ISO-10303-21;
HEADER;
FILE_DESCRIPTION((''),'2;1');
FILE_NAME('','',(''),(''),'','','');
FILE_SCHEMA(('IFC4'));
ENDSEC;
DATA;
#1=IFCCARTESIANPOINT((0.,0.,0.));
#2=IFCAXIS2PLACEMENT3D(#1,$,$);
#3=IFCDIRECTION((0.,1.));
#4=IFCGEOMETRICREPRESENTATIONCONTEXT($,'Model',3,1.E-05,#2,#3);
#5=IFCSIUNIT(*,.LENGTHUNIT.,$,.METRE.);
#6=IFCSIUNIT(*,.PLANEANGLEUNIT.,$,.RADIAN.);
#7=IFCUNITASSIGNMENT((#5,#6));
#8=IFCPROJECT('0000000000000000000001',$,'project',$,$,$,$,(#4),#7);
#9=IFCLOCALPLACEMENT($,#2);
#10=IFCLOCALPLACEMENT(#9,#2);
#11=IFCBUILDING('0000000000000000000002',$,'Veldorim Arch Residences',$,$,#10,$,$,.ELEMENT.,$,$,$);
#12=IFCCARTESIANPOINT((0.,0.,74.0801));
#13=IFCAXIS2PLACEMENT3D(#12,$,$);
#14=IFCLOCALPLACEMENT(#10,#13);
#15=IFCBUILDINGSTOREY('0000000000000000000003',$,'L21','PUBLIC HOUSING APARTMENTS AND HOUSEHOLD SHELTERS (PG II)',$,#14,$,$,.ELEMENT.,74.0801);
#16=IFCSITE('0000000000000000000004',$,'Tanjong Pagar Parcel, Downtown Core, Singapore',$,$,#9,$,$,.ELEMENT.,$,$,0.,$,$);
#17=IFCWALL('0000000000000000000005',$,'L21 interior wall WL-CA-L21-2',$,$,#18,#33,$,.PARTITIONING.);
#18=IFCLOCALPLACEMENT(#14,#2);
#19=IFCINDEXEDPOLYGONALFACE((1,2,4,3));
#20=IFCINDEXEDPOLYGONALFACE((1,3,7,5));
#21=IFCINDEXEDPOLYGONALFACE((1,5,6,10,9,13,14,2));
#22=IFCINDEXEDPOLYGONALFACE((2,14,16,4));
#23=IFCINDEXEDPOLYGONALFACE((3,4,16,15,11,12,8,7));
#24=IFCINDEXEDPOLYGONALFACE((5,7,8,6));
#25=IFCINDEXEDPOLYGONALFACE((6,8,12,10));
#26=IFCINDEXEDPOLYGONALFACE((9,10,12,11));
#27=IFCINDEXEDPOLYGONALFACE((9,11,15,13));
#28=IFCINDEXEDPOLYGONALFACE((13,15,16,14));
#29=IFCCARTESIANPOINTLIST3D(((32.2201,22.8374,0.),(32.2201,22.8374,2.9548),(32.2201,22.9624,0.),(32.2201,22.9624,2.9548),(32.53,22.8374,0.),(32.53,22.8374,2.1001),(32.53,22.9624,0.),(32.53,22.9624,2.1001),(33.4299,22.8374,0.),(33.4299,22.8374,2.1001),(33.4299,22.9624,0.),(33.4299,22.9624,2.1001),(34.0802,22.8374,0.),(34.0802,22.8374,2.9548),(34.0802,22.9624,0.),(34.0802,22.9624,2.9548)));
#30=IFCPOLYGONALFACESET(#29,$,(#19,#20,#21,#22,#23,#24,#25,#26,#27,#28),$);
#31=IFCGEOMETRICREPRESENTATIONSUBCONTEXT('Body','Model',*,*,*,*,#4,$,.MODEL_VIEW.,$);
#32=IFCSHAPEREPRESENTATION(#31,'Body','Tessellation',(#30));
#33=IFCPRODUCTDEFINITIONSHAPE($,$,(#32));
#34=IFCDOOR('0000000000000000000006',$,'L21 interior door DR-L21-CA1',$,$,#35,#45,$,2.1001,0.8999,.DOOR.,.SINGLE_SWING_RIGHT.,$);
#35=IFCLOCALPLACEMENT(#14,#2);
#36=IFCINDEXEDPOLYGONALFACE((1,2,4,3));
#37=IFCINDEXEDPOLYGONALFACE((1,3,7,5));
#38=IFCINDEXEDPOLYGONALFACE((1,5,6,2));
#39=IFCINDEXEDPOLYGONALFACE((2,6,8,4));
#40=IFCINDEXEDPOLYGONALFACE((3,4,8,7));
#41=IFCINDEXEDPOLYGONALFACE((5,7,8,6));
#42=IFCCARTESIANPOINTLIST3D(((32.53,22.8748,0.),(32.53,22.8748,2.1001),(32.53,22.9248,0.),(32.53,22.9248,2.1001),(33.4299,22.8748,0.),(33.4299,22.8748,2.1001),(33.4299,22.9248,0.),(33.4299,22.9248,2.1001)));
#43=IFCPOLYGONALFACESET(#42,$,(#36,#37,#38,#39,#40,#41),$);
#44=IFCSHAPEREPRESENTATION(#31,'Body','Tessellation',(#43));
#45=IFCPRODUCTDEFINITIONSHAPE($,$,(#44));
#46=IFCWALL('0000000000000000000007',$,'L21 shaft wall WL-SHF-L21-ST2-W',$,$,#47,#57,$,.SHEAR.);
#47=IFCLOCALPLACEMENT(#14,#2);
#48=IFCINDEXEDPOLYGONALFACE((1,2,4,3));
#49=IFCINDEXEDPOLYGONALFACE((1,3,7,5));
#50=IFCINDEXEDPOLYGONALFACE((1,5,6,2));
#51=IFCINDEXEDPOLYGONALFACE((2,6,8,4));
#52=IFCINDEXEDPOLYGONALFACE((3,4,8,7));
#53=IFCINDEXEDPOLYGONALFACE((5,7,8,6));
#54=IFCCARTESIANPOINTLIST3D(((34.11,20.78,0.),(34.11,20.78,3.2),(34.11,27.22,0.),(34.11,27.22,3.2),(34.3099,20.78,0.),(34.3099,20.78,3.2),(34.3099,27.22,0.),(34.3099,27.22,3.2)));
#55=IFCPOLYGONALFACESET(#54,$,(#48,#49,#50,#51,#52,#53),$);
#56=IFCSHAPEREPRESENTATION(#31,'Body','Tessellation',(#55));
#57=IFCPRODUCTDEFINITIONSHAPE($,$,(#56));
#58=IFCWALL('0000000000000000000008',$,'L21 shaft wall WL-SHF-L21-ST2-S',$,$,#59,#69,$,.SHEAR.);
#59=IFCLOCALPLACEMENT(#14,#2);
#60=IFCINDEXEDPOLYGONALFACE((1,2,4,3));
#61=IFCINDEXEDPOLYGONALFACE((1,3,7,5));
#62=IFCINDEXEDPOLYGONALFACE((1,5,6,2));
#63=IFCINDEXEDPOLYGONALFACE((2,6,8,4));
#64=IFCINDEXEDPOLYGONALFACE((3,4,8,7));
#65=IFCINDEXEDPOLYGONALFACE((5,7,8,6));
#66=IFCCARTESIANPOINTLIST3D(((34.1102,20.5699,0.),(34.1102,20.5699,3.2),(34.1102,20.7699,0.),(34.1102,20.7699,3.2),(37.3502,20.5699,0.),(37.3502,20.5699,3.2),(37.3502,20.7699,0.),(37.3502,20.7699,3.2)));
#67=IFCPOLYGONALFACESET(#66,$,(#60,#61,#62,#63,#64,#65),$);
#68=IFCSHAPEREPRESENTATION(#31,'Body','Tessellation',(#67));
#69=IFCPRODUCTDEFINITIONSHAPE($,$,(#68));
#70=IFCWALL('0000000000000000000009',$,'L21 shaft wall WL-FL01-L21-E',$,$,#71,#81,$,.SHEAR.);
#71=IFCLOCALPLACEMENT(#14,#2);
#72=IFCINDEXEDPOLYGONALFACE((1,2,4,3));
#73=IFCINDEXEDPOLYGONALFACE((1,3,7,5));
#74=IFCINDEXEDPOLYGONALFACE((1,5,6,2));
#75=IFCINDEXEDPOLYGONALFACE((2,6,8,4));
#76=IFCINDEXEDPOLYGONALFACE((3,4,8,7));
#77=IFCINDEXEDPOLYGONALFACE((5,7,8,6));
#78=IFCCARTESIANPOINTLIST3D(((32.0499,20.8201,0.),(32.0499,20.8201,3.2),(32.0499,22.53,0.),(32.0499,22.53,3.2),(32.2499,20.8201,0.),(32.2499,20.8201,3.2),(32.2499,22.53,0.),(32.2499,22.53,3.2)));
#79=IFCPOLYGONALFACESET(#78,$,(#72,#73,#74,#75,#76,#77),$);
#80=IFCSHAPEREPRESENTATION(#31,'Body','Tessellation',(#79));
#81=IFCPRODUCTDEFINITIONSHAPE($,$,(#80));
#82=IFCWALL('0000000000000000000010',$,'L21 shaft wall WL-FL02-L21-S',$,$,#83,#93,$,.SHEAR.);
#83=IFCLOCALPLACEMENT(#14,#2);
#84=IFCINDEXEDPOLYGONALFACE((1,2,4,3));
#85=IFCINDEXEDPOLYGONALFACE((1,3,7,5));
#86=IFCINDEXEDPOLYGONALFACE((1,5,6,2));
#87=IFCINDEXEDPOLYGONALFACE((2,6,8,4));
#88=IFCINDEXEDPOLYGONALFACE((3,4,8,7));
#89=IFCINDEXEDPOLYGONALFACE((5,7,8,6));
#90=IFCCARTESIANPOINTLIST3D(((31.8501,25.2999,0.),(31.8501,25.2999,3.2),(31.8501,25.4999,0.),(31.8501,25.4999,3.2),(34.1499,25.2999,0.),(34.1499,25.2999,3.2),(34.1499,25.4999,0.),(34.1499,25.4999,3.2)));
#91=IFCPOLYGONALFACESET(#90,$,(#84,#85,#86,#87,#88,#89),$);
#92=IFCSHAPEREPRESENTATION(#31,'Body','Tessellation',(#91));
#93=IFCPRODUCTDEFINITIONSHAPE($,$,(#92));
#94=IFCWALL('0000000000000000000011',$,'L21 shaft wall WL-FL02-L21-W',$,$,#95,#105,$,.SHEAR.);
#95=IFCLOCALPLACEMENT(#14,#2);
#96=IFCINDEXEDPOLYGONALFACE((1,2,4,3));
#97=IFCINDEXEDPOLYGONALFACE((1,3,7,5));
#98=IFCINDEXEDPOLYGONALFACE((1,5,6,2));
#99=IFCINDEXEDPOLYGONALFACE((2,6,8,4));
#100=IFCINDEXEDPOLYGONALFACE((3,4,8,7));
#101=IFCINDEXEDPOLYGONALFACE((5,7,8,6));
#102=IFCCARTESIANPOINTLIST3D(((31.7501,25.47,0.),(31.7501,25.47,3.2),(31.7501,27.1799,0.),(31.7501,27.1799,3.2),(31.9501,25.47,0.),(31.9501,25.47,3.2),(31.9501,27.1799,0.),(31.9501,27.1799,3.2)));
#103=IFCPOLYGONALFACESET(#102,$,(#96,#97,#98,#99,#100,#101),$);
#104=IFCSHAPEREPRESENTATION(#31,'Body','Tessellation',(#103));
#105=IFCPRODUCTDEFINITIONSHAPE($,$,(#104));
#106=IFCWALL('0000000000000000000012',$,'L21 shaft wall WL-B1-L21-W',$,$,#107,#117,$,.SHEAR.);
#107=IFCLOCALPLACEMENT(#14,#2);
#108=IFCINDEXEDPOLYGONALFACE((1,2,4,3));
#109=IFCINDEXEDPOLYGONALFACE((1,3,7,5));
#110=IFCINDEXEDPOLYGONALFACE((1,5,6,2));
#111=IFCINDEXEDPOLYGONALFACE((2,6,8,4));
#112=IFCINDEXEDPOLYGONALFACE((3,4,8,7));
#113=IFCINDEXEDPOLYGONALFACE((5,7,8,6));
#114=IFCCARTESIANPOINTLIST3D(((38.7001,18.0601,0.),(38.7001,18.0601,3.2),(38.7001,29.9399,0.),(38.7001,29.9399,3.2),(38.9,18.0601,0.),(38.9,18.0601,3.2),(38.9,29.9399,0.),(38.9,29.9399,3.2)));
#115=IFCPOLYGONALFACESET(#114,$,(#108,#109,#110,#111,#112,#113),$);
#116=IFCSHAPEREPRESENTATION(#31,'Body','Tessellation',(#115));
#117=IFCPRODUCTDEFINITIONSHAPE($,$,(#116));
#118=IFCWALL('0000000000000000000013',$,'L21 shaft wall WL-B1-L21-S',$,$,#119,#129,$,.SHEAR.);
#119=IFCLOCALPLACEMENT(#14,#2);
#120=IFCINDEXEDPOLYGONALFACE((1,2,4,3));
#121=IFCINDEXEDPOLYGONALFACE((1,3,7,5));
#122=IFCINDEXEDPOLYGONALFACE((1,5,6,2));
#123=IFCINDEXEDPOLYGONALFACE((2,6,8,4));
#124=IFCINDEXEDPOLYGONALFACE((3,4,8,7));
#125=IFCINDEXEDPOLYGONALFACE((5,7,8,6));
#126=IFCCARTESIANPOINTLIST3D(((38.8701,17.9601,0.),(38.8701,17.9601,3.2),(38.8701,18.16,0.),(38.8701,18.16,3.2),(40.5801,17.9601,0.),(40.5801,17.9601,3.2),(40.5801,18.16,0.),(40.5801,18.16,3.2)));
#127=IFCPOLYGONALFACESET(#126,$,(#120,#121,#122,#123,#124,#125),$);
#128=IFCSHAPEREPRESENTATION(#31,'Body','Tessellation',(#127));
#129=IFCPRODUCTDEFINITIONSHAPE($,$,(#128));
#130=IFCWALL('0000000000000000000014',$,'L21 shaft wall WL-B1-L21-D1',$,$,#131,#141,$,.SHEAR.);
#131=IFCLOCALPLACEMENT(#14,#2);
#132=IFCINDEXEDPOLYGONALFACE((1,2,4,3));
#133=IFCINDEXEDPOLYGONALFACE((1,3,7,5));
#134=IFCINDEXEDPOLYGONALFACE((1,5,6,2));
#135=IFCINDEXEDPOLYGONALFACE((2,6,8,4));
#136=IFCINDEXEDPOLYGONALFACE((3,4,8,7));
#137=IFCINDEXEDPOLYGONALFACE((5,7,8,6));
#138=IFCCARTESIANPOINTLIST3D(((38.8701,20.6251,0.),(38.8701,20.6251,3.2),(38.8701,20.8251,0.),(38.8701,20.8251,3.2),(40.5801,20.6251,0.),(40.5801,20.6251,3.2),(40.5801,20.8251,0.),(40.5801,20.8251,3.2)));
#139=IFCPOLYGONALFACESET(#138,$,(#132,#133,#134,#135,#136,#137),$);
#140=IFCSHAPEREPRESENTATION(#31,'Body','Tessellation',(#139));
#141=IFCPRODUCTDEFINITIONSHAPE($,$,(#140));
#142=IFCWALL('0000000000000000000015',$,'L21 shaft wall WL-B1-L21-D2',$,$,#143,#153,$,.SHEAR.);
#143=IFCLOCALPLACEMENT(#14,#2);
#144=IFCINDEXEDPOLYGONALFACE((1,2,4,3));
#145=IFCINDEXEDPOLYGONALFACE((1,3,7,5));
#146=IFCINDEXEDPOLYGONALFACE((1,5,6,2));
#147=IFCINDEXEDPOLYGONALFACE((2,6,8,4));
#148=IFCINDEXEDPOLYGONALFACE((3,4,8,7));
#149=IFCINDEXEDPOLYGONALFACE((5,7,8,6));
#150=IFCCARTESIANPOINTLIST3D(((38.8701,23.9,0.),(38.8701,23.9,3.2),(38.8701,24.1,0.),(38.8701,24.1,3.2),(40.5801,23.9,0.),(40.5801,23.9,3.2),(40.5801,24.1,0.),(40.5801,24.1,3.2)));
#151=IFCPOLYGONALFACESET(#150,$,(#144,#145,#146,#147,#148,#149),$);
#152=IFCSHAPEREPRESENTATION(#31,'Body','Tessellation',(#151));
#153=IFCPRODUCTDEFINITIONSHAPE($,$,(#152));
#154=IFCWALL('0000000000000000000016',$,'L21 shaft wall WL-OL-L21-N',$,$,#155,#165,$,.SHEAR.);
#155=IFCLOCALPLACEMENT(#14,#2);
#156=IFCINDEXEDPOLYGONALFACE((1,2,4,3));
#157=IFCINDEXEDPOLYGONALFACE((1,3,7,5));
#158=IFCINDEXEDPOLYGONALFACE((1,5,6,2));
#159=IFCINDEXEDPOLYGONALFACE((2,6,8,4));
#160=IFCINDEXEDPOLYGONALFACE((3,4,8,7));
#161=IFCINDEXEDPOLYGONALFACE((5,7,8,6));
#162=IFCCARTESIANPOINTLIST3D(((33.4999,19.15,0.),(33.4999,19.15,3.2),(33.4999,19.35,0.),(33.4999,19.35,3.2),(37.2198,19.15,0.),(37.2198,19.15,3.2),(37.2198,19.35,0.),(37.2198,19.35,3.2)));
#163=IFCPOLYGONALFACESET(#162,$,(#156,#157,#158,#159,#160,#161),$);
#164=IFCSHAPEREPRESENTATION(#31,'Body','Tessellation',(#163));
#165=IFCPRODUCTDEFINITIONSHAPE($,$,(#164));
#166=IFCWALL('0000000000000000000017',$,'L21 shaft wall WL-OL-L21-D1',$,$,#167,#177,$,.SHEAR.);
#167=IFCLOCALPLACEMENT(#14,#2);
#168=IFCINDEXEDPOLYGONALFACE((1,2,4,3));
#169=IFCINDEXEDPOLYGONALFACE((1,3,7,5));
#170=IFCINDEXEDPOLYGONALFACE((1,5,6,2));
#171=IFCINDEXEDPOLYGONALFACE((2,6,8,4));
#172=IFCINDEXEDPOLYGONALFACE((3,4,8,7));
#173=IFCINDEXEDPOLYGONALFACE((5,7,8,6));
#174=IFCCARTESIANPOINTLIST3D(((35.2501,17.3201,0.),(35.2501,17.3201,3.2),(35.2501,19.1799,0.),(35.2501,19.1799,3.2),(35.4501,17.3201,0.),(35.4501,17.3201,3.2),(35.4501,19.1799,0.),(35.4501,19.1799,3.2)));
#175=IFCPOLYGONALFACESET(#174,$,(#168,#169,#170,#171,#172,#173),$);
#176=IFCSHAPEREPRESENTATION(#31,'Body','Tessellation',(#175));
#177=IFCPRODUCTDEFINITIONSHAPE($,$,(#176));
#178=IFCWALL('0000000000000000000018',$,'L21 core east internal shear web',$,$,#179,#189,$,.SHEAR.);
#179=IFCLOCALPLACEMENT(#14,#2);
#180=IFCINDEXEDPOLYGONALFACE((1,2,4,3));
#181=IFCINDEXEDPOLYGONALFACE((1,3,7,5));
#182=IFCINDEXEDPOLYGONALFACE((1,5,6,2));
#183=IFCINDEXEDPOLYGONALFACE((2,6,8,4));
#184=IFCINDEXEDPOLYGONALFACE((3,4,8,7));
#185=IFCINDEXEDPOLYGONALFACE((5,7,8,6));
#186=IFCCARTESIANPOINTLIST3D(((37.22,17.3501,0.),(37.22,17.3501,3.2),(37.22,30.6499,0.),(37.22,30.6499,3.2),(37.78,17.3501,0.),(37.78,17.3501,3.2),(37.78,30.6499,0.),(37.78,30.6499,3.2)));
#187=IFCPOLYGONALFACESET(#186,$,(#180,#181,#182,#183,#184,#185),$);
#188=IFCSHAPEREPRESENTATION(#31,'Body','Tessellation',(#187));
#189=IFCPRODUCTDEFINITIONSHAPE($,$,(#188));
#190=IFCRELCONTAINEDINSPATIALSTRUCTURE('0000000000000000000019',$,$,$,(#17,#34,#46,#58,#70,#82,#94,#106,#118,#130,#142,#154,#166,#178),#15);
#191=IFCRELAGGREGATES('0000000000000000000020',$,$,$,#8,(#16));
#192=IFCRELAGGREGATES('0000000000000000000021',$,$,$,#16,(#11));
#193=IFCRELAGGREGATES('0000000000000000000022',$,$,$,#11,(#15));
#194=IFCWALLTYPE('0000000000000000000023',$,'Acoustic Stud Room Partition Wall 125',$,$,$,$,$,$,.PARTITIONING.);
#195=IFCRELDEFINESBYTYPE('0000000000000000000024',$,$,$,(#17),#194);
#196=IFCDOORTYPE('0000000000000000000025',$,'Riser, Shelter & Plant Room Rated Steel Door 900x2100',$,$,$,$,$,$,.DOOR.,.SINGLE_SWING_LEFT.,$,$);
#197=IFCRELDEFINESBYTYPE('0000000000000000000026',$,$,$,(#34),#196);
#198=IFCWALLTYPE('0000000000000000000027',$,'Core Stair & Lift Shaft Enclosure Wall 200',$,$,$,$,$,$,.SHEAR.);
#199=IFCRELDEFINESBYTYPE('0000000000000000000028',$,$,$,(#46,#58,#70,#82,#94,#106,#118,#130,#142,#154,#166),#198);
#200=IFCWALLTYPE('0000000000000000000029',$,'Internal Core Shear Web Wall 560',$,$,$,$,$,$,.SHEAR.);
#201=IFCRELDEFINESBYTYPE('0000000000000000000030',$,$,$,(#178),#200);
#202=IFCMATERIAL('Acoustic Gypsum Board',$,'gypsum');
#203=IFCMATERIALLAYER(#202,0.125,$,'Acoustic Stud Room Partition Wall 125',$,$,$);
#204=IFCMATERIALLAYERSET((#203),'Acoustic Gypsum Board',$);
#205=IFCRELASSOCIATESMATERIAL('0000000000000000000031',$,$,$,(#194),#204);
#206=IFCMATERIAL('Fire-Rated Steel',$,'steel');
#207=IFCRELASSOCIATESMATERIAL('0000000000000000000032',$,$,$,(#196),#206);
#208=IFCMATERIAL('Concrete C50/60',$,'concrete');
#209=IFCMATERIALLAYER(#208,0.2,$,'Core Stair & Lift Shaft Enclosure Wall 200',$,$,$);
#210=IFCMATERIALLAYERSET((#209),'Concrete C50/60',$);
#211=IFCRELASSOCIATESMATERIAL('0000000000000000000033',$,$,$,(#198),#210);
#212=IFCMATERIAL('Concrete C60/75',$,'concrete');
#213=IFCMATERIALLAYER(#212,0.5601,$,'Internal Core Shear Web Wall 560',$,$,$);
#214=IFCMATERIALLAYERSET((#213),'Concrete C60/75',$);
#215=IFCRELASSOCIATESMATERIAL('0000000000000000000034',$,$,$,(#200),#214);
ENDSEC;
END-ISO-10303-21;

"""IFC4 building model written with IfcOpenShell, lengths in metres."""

from ifc_helpers import new_model, si_unit, direction, frame, frame_2d, origin, place, context, subcontext, project, spatial, rectangle, extrude, material, layer, layer_set, type_object, element, fill, save


model = new_model("IFC4")

# Units and contexts
model_context = context("Model", 3, precision=1e-05, world=origin(), true_north=direction((0.0, 1.0)))
body_context = subcontext(model_context, "Body", "Model", "MODEL_VIEW")
ifc_project = project(units=[si_unit("LENGTHUNIT", "METRE"), si_unit("PLANEANGLEUNIT", "RADIAN")], contexts=[model_context])

# Site, building, storey
site_placement = place(None, origin())
site = spatial("IfcSite", under=ifc_project, at=site_placement, Name="Tanjong Pagar Parcel, Downtown Core, Singapore", CompositionType="ELEMENT", RefElevation=0.0)
building_placement = place(site_placement, origin())
building = spatial("IfcBuilding", under=site, at=building_placement, Name="Veldorim Arch Residences", CompositionType="ELEMENT")
storey_placement = place(building_placement, frame((0.0, 0.0, 74.0801)))
storey = spatial("IfcBuildingStorey", under=building, at=storey_placement, Name="L21", Description="PUBLIC HOUSING APARTMENTS AND HOUSEHOLD SHELTERS (PG II)", CompositionType="ELEMENT", Elevation=74.0801)

# Wall, opening, door
ifc_material_1 = material(Name="Acoustic Gypsum Board", Category="gypsum")
ifc_layer_1 = layer(ifc_material_1, 0.125, Name="Acoustic Stud Room Partition Wall 125")
ifc_layer_set_1 = layer_set([ifc_layer_1], Name="Acoustic Gypsum Board")
wall_type_1 = type_object("IfcWallType", Name="Acoustic Stud Room Partition Wall 125", PredefinedType="PARTITIONING", material=ifc_layer_set_1)
wall_1_placement = place(storey_placement, frame((32.22, 22.8999, 0.0), z_axis=(0.0, 0.0, 1.0), x_axis=(1.0, 0.0, 0.0)))
wall_1 = element("IfcWall", 1, at=wall_1_placement, inside=storey, type_object=wall_type_1, Name="L21 interior wall WL-CA-L21-2", PredefinedType="PARTITIONING", context=body_context, shape_type="SweptSolid", body=[
    extrude(rectangle(XDim=1.8601, YDim=0.125, at=frame_2d((0.9302, 0.0))), origin(), (0.0, 0.0, 1.0), 2.9548),
])
opening_placement = place(wall_1_placement, frame((0.3101, 0.0, 0.0)))
opening = element("IfcOpeningElement", 2, at=opening_placement, cuts=wall_1, PredefinedType="OPENING", context=body_context, shape_type="SweptSolid", body=[
    extrude(rectangle(XDim=0.8999, YDim=2.1001, at=frame_2d((0.45, 1.05))), frame((0.0, 0.0725, 0.0), z_axis=(0.0, -1.0, 0.0), x_axis=(1.0, 0.0, 0.0)), (0.0, 0.0, 1.0), 0.145),
])
ifc_material_2 = material(Name="Fire-Rated Steel", Category="steel")
door_type = type_object("IfcDoorType", Name="Riser, Shelter & Plant Room Rated Steel Door 900x2100", OperationType="SINGLE_SWING_LEFT", PredefinedType="DOOR", material=ifc_material_2)
door_placement = place(opening_placement, origin())
door = element("IfcDoor", 3, at=door_placement, inside=storey, type_object=door_type, Name="L21 interior door DR-L21-CA1", OperationType="SINGLE_SWING_RIGHT", OverallHeight=2.1001, OverallWidth=0.8999, PredefinedType="DOOR", context=body_context, shape_type="SweptSolid", body=[
    extrude(rectangle(XDim=0.8999, YDim=2.1001, at=frame_2d((0.45, 1.05))), frame((0.0, 0.0249, 0.0), z_axis=(0.0, -1.0, 0.0), x_axis=(1.0, 0.0, 0.0)), (0.0, 0.0, 1.0), 0.05),
])
fill(opening, door)

# Walls
ifc_material_3 = material(Name="Concrete C50/60", Category="concrete")
ifc_layer_2 = layer(ifc_material_3, 0.2, Name="Core Stair & Lift Shaft Enclosure Wall 200")
ifc_layer_set_2 = layer_set([ifc_layer_2], Name="Concrete C50/60")
wall_type_2 = type_object("IfcWallType", Name="Core Stair & Lift Shaft Enclosure Wall 200", PredefinedType="SHEAR", material=ifc_layer_set_2)
wall_2_placement = place(storey_placement, frame((34.21, 20.78, 0.0), z_axis=(0.0, 0.0, 1.0), x_axis=(0.0, 1.0, 0.0)))
element("IfcWall", 4, at=wall_2_placement, inside=storey, type_object=wall_type_2, Name="L21 shaft wall WL-SHF-L21-ST2-W", PredefinedType="SHEAR", context=body_context, shape_type="SweptSolid", body=[
    extrude(rectangle(XDim=6.4399, YDim=0.2, at=frame_2d((3.22, 0.0))), origin(), (0.0, 0.0, 1.0), 3.2),
])
wall_3_placement = place(storey_placement, frame((34.1101, 20.6699, 0.0), z_axis=(0.0, 0.0, 1.0), x_axis=(1.0, 0.0, 0.0)))
element("IfcWall", 5, at=wall_3_placement, inside=storey, type_object=wall_type_2, Name="L21 shaft wall WL-SHF-L21-ST2-S", PredefinedType="SHEAR", context=body_context, shape_type="SweptSolid", body=[
    extrude(rectangle(XDim=3.24, YDim=0.2, at=frame_2d((1.6201, 0.0))), origin(), (0.0, 0.0, 1.0), 3.2),
])
wall_4_placement = place(storey_placement, frame((32.1499, 20.8201, 0.0), z_axis=(0.0, 0.0, 1.0), x_axis=(0.0, 1.0, 0.0)))
element("IfcWall", 6, at=wall_4_placement, inside=storey, type_object=wall_type_2, Name="L21 shaft wall WL-FL01-L21-E", PredefinedType="SHEAR", context=body_context, shape_type="SweptSolid", body=[
    extrude(rectangle(XDim=1.71, YDim=0.2, at=frame_2d((0.855, 0.0))), origin(), (0.0, 0.0, 1.0), 3.2),
])
wall_5_placement = place(storey_placement, frame((31.8501, 25.3999, 0.0), z_axis=(0.0, 0.0, 1.0), x_axis=(1.0, 0.0, 0.0)))
element("IfcWall", 7, at=wall_5_placement, inside=storey, type_object=wall_type_2, Name="L21 shaft wall WL-FL02-L21-S", PredefinedType="SHEAR", context=body_context, shape_type="SweptSolid", body=[
    extrude(rectangle(XDim=2.2998, YDim=0.2, at=frame_2d((1.1499, 0.0))), origin(), (0.0, 0.0, 1.0), 3.2),
])
wall_6_placement = place(storey_placement, frame((31.8501, 25.47, 0.0), z_axis=(0.0, 0.0, 1.0), x_axis=(0.0, 1.0, 0.0)))
element("IfcWall", 8, at=wall_6_placement, inside=storey, type_object=wall_type_2, Name="L21 shaft wall WL-FL02-L21-W", PredefinedType="SHEAR", context=body_context, shape_type="SweptSolid", body=[
    extrude(rectangle(XDim=1.71, YDim=0.2, at=frame_2d((0.855, 0.0))), origin(), (0.0, 0.0, 1.0), 3.2),
])
wall_7_placement = place(storey_placement, frame((38.8, 18.0601, 0.0), z_axis=(0.0, 0.0, 1.0), x_axis=(0.0, 1.0, 0.0)))
element("IfcWall", 9, at=wall_7_placement, inside=storey, type_object=wall_type_2, Name="L21 shaft wall WL-B1-L21-W", PredefinedType="SHEAR", context=body_context, shape_type="SweptSolid", body=[
    extrude(rectangle(XDim=11.8799, YDim=0.2, at=frame_2d((5.9399, 0.0))), origin(), (0.0, 0.0, 1.0), 3.2),
])
for number, where, z_axis, x_axis, name in (
    (10, (38.8701, 18.0601, 0.0), (0.0, 0.0, 1.0), (1.0, 0.0, 0.0), "L21 shaft wall WL-B1-L21-S"),
    (11, (38.8701, 20.7251, 0.0), (0.0, 0.0, 1.0), (1.0, 0.0, 0.0), "L21 shaft wall WL-B1-L21-D1"),
    (12, (38.8701, 24.0, 0.0), (0.0, 0.0, 1.0), (1.0, 0.0, 0.0), "L21 shaft wall WL-B1-L21-D2"),
):
    element("IfcWall", number, at=place(storey_placement, frame(where, z_axis=z_axis, x_axis=x_axis)), inside=storey, type_object=wall_type_2, Name=name, PredefinedType="SHEAR", context=body_context, shape_type="SweptSolid", body=[
        extrude(rectangle(XDim=1.71, YDim=0.2, at=frame_2d((0.855, 0.0))), origin(), (0.0, 0.0, 1.0), 3.2),
    ])
wall_8_placement = place(storey_placement, frame((33.5, 19.25, 0.0), z_axis=(0.0, 0.0, 1.0), x_axis=(1.0, 0.0, 0.0)))
element("IfcWall", 13, at=wall_8_placement, inside=storey, type_object=wall_type_2, Name="L21 shaft wall WL-OL-L21-N", PredefinedType="SHEAR", context=body_context, shape_type="SweptSolid", body=[
    extrude(rectangle(XDim=3.72, YDim=0.2, at=frame_2d((1.8599, 0.0))), origin(), (0.0, 0.0, 1.0), 3.2),
])
wall_9_placement = place(storey_placement, frame((35.3501, 17.3201, 0.0), z_axis=(0.0, 0.0, 1.0), x_axis=(0.0, 1.0, 0.0)))
element("IfcWall", 14, at=wall_9_placement, inside=storey, type_object=wall_type_2, Name="L21 shaft wall WL-OL-L21-D1", PredefinedType="SHEAR", context=body_context, shape_type="SweptSolid", body=[
    extrude(rectangle(XDim=1.8599, YDim=0.2, at=frame_2d((0.9299, 0.0))), origin(), (0.0, 0.0, 1.0), 3.2),
])
ifc_material_4 = material(Name="Concrete C60/75", Category="concrete")
ifc_layer_3 = layer(ifc_material_4, 0.5601, Name="Internal Core Shear Web Wall 560")
ifc_layer_set_3 = layer_set([ifc_layer_3], Name="Concrete C60/75")
wall_type_3 = type_object("IfcWallType", Name="Internal Core Shear Web Wall 560", PredefinedType="SHEAR", material=ifc_layer_set_3)
wall_10_placement = place(storey_placement, frame((37.5, 17.3501, 0.0), z_axis=(0.0, 0.0, 1.0), x_axis=(0.0, 1.0, 0.0)))
element("IfcWall", 15, at=wall_10_placement, inside=storey, type_object=wall_type_3, Name="L21 core east internal shear web", PredefinedType="SHEAR", context=body_context, shape_type="SweptSolid", body=[
    extrude(rectangle(XDim=13.2998, YDim=0.5601, at=frame_2d((6.6499, 0.0))), origin(), (0.0, 0.0, 1.0), 3.2),
])

save(model, "model.ifc")
